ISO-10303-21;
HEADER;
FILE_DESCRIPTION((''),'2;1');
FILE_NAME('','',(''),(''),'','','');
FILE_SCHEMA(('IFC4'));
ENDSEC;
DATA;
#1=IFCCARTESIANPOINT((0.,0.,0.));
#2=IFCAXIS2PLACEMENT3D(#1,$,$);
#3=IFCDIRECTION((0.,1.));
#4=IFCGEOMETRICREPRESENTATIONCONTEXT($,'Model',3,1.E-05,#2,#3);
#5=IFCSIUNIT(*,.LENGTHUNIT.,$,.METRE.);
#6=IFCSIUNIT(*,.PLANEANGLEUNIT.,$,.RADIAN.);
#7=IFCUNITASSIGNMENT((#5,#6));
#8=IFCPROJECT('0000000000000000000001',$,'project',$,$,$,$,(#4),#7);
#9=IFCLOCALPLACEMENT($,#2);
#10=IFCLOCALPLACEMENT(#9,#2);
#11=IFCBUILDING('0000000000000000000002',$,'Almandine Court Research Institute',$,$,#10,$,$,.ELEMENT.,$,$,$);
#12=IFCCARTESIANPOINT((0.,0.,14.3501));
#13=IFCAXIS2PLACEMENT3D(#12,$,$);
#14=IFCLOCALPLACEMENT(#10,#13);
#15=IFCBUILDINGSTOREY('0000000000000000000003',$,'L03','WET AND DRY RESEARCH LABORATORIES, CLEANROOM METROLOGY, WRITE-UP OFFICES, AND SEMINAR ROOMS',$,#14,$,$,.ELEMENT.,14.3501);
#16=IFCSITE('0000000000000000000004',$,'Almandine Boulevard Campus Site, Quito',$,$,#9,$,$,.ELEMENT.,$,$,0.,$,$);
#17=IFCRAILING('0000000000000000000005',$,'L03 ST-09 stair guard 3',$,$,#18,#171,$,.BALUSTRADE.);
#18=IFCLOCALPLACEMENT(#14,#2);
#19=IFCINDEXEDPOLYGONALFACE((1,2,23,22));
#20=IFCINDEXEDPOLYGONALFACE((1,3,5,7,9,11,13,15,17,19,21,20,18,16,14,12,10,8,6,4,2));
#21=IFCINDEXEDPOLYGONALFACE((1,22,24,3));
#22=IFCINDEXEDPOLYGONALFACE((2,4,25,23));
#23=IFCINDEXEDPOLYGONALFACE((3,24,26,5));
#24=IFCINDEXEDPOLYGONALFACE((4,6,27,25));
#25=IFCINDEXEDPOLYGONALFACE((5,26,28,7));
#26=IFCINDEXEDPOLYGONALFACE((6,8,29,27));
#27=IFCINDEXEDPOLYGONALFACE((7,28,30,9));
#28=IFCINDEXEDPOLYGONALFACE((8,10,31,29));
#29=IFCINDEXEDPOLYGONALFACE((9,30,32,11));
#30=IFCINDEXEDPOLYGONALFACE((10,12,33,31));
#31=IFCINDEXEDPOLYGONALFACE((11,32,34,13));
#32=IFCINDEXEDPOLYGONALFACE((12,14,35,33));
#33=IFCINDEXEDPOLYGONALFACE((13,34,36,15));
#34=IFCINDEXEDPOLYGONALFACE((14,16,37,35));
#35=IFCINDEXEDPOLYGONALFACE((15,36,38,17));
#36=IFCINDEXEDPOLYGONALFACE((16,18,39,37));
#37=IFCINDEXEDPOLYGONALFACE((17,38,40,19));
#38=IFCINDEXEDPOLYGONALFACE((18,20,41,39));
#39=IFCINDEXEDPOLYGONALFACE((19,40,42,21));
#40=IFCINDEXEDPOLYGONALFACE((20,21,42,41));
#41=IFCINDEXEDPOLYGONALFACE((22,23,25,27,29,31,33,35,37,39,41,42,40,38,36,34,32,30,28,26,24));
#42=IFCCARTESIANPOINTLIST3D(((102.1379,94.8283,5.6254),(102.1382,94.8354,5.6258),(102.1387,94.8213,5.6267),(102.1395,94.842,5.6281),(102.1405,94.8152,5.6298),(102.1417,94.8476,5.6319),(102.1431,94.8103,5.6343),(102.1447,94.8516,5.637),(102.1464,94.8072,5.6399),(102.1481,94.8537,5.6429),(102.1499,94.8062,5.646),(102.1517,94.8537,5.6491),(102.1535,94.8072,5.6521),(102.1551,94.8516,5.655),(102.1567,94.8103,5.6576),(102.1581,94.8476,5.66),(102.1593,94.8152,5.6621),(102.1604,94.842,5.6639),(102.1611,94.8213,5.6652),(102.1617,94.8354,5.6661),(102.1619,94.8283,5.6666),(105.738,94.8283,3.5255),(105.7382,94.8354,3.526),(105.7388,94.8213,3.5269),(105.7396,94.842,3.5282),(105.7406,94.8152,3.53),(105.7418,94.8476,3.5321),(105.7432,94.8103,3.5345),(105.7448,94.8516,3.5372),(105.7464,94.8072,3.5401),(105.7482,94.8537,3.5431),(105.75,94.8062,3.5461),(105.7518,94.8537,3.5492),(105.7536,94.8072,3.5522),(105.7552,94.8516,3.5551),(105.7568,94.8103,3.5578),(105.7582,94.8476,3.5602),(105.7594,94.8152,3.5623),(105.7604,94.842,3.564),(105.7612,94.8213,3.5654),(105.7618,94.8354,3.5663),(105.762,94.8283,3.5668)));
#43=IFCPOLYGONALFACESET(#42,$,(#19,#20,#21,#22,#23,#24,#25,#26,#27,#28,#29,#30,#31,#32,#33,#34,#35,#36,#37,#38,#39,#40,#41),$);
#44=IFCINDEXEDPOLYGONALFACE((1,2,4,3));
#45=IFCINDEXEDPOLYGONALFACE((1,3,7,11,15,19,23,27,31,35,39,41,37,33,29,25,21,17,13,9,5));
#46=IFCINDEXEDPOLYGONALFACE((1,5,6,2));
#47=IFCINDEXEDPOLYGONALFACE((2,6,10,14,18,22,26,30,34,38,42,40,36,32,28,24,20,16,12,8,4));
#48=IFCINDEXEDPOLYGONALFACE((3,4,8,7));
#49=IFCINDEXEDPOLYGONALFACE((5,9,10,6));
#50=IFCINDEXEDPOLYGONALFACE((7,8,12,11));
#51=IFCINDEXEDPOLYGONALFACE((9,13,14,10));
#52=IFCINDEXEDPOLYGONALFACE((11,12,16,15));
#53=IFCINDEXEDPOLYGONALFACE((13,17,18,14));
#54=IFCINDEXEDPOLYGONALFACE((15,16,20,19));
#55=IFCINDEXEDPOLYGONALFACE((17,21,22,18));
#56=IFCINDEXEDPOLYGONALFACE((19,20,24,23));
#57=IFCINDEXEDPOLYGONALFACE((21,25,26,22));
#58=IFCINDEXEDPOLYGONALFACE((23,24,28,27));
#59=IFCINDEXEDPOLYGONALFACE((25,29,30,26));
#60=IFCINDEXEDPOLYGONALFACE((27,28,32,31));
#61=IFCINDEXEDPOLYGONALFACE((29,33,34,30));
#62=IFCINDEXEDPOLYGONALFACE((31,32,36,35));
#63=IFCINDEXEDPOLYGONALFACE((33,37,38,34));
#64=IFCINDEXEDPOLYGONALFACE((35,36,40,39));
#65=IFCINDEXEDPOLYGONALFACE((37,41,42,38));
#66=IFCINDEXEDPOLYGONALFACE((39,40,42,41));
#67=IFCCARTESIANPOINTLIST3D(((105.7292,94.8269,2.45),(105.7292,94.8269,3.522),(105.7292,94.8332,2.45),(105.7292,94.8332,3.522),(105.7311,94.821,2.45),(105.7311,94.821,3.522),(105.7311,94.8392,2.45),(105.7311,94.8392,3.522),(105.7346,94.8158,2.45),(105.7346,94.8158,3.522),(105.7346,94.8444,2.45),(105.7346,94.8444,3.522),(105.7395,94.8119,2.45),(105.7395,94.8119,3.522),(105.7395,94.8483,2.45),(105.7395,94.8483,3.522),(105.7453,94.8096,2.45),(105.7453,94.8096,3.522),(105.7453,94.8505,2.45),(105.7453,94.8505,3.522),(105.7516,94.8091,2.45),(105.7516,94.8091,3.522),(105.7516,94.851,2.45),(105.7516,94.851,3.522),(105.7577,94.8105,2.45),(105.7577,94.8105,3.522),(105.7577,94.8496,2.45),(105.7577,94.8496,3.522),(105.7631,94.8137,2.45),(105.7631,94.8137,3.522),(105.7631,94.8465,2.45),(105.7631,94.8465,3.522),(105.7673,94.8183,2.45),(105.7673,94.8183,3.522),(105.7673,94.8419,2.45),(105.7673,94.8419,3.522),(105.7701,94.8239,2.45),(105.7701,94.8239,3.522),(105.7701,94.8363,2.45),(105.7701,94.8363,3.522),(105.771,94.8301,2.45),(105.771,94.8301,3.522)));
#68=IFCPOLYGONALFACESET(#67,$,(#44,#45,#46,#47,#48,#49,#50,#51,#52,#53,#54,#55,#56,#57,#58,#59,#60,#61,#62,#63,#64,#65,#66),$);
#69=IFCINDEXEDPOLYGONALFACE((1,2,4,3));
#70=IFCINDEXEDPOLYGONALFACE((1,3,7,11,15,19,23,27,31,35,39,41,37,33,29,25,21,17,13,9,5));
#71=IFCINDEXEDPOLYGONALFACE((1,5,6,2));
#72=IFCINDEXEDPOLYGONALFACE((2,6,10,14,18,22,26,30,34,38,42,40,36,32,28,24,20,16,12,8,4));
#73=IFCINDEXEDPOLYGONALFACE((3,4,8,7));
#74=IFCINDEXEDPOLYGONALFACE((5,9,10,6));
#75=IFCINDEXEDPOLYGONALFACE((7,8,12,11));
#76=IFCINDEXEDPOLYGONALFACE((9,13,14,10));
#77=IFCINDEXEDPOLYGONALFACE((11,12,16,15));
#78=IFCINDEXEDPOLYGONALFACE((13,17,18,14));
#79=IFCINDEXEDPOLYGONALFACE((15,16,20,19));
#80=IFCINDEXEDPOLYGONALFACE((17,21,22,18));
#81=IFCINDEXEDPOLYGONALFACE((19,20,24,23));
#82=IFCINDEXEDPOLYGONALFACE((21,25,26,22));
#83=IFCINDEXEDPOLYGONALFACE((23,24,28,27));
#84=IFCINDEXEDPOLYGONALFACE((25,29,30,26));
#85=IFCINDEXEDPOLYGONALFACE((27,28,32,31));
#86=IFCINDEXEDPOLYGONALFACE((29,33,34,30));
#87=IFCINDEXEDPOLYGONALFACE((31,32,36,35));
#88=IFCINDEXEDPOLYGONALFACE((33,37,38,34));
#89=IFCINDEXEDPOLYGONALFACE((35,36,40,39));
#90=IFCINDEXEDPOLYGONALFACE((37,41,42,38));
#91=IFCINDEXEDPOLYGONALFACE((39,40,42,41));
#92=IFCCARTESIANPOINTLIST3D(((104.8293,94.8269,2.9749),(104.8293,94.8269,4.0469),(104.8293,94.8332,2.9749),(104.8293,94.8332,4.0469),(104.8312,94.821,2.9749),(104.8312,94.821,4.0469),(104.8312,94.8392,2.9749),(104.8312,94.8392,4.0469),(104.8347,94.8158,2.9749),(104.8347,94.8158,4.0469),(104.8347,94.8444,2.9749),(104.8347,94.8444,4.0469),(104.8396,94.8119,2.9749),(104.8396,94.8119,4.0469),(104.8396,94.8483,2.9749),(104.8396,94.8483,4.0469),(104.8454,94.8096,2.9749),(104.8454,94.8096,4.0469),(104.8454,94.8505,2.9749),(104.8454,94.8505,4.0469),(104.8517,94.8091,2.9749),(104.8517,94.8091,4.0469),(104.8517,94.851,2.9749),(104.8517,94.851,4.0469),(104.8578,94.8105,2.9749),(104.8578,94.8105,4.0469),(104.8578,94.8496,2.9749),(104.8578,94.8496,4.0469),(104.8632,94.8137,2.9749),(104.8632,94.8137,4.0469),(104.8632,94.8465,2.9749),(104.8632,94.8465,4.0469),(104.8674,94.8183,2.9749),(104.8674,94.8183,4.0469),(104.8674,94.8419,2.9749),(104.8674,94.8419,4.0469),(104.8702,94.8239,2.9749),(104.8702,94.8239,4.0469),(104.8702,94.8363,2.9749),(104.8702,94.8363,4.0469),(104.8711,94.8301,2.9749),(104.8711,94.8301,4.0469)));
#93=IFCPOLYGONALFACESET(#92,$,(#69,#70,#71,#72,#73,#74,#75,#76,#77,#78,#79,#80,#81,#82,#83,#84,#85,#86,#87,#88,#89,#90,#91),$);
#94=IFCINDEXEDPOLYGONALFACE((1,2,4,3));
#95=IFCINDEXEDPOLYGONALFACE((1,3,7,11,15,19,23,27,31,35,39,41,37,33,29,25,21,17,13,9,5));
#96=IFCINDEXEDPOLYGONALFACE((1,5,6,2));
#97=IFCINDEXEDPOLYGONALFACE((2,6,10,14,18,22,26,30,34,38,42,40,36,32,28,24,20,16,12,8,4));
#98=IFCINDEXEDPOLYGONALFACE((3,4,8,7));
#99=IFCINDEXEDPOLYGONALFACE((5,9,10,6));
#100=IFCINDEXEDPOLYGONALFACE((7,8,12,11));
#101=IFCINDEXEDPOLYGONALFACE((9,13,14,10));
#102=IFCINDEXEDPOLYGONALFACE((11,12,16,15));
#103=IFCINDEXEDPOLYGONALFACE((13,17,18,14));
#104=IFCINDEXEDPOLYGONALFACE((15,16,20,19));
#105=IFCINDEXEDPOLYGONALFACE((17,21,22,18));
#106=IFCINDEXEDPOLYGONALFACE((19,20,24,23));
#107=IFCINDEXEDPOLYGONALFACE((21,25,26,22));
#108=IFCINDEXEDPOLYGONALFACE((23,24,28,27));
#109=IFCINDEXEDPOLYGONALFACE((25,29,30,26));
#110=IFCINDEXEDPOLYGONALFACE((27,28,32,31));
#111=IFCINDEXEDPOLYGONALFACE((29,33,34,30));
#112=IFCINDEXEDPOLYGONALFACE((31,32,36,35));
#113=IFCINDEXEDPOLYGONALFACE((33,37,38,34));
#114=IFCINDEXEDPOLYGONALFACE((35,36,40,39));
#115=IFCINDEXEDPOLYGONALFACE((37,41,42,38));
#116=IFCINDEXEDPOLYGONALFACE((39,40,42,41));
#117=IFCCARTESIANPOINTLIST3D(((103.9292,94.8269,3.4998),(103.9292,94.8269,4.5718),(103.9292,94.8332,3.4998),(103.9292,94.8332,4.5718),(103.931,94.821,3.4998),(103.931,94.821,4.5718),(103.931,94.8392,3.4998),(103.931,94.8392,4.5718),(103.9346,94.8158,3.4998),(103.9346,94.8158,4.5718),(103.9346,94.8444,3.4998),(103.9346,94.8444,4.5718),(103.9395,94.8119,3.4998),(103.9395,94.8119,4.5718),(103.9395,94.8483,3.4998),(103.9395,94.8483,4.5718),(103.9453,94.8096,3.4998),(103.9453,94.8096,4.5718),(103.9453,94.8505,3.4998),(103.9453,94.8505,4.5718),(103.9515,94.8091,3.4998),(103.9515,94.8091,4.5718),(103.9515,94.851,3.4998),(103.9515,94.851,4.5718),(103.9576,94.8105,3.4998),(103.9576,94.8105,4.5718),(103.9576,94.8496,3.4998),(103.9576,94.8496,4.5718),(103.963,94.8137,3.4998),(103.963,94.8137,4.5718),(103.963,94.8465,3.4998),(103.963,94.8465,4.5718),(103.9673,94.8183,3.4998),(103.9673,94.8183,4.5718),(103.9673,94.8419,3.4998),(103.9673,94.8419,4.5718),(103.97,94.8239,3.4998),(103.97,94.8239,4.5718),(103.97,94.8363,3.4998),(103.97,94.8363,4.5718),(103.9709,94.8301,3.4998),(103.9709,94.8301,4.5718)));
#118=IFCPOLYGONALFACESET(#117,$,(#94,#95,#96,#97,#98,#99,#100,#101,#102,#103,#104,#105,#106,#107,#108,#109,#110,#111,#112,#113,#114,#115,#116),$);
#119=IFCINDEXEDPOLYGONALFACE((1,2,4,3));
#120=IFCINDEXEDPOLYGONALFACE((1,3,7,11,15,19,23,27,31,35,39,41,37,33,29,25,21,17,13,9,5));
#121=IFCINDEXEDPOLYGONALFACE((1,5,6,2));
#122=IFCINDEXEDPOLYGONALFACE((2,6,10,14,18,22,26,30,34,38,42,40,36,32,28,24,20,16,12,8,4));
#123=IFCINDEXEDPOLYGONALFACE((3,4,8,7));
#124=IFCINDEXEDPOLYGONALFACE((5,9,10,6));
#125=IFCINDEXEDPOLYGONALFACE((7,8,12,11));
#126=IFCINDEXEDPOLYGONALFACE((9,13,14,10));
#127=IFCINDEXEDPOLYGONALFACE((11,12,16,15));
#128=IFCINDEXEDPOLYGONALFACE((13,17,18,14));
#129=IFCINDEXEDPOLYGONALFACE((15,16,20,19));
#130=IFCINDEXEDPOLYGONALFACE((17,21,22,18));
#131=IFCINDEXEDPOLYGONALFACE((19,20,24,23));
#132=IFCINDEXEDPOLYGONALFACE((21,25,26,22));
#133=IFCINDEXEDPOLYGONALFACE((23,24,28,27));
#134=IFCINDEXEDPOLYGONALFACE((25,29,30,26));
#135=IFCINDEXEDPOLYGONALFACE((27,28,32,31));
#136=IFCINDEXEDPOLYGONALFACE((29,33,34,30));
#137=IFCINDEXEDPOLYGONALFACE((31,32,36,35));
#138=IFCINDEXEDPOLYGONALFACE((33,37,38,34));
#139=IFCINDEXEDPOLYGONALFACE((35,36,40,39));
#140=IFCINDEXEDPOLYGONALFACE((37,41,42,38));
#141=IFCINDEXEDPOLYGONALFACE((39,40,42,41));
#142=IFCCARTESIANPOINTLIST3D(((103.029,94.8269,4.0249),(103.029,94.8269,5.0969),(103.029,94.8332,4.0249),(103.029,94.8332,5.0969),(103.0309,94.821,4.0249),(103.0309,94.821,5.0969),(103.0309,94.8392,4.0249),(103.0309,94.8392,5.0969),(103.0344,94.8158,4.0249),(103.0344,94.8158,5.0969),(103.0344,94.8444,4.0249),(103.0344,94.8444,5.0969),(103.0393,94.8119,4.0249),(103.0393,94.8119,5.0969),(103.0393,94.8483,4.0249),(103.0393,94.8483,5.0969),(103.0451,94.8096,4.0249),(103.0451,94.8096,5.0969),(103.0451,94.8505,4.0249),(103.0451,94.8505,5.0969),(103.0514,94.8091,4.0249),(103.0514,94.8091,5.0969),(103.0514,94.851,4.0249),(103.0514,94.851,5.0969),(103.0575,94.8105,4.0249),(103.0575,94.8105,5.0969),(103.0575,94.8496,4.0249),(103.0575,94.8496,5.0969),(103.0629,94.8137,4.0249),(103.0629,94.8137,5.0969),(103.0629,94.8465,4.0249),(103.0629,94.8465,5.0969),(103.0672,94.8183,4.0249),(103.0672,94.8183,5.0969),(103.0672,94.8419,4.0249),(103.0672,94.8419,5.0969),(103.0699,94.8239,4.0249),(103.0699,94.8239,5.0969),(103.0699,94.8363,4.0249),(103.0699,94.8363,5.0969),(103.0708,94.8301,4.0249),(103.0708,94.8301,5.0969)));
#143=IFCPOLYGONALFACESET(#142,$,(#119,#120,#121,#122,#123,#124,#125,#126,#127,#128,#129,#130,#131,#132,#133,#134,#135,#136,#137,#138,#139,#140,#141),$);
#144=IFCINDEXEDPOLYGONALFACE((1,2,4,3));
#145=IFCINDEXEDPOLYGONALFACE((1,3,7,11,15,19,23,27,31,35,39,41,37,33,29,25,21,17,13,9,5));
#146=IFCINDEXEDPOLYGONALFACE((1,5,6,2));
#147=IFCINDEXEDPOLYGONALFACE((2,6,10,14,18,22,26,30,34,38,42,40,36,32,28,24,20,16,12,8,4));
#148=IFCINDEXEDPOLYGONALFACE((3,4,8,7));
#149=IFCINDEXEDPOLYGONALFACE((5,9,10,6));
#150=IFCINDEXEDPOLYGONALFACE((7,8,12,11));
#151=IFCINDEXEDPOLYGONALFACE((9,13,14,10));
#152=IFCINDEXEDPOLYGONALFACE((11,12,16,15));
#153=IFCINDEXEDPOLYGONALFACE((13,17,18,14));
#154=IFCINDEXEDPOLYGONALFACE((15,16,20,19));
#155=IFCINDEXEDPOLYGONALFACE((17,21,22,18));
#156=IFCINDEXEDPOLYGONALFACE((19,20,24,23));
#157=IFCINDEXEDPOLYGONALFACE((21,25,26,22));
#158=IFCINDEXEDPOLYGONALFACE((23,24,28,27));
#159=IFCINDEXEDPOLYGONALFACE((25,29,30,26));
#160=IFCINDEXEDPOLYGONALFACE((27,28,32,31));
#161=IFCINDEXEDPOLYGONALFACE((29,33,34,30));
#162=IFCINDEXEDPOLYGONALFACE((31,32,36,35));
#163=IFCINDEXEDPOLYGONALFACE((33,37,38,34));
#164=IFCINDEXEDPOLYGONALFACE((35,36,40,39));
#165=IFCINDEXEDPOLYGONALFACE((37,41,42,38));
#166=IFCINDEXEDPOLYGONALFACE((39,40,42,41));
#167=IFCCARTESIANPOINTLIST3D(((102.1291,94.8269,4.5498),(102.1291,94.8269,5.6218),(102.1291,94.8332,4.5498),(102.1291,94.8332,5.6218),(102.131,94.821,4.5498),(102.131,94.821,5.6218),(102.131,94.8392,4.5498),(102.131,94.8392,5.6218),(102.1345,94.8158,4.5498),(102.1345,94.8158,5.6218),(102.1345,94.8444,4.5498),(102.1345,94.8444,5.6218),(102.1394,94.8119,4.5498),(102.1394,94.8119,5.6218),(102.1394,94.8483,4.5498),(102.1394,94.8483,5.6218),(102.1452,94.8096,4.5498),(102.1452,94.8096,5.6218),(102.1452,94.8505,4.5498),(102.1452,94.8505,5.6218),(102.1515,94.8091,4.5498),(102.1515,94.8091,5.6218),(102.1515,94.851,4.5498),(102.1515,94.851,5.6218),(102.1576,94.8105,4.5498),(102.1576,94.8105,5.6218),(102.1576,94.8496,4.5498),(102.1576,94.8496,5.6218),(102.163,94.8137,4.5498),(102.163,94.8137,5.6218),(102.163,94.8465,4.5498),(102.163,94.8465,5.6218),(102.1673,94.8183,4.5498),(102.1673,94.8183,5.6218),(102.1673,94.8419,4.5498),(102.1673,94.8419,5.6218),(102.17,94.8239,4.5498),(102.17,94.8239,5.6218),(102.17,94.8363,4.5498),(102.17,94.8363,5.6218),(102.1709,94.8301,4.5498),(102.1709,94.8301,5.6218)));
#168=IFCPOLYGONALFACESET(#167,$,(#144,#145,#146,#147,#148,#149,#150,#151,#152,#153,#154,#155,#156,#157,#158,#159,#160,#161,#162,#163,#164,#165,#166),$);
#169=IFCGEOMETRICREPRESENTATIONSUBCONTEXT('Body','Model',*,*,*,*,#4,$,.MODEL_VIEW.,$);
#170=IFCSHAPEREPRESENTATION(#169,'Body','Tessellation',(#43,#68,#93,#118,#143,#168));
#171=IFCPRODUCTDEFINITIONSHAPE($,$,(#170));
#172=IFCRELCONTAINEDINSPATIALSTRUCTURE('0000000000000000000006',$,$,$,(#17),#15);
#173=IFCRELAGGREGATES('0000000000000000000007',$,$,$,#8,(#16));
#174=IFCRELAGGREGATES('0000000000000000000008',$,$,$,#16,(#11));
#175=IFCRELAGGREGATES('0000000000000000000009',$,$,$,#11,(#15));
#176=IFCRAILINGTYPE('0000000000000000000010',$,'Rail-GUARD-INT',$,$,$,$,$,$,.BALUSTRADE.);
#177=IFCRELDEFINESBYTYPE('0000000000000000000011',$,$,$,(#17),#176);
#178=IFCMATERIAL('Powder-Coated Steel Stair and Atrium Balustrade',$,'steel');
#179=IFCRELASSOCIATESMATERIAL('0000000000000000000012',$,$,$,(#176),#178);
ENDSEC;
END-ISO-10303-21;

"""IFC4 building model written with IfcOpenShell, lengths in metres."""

from ifc_helpers import new_model, si_unit, direction, frame, origin, origin_2d, place, context, subcontext, project, spatial, circle, extrude, material, type_object, element, save


model = new_model("IFC4")

# Units and contexts
model_context = context("Model", 3, precision=1e-05, world=origin(), true_north=direction((0.0, 1.0)))
body_context = subcontext(model_context, "Body", "Model", "MODEL_VIEW")
ifc_project = project(units=[si_unit("LENGTHUNIT", "METRE"), si_unit("PLANEANGLEUNIT", "RADIAN")], contexts=[model_context])

# Site, building, storey
site_placement = place(None, origin())
site = spatial("IfcSite", under=ifc_project, at=site_placement, Name="Almandine Boulevard Campus Site, Quito", CompositionType="ELEMENT", RefElevation=0.0)
building_placement = place(site_placement, origin())
building = spatial("IfcBuilding", under=site, at=building_placement, Name="Almandine Court Research Institute", CompositionType="ELEMENT")
storey_placement = place(building_placement, frame((0.0, 0.0, 14.3501)))
storey = spatial("IfcBuildingStorey", under=building, at=storey_placement, Name="L03", Description="WET AND DRY RESEARCH LABORATORIES, CLEANROOM METROLOGY, WRITE-UP OFFICES, AND SEMINAR ROOMS", CompositionType="ELEMENT", Elevation=14.3501)

# Railing
ifc_material_1 = material(Name="Powder-Coated Steel Stair and Atrium Balustrade", Category="steel")
railing_type_1 = type_object("IfcRailingType", Name="Rail-GUARD-INT", PredefinedType="BALUSTRADE", material=ifc_material_1)
railing_1_placement = place(storey_placement, frame((105.75, 94.8301, 2.45)))
element("IfcRailing", 1, at=railing_1_placement, inside=storey, type_object=railing_type_1, Name="L03 ST-09 stair guard 3", PredefinedType="BALUSTRADE", context=body_context, shape_type="SweptSolid", body=[
    extrude(circle(Radius=0.0239, at=origin_2d()), frame((0.0, 0.0, 1.0962), z_axis=(-0.8638, 0.0, 0.503835), x_axis=(0.0, -1.0, 0.0)), (0.0, 0.0, 1.0), 4.1677),
    extrude(circle(Radius=0.021, at=origin_2d()), origin(), (0.0, 0.0, 1.0), 1.072),
    extrude(circle(Radius=0.021, at=origin_2d()), frame((-0.8999, 0.0, 0.5249)), (0.0, 0.0, 1.0), 1.072),
    extrude(circle(Radius=0.021, at=origin_2d()), frame((-1.8, 0.0, 1.0498)), (0.0, 0.0, 1.0), 1.072),
    extrude(circle(Radius=0.021, at=origin_2d()), frame((-2.7002, 0.0, 1.575)), (0.0, 0.0, 1.0), 1.072),
    extrude(circle(Radius=0.021, at=origin_2d()), frame((-3.6001, 0.0, 2.0999)), (0.0, 0.0, 1.0), 1.072),
])

save(model, "model.ifc")
